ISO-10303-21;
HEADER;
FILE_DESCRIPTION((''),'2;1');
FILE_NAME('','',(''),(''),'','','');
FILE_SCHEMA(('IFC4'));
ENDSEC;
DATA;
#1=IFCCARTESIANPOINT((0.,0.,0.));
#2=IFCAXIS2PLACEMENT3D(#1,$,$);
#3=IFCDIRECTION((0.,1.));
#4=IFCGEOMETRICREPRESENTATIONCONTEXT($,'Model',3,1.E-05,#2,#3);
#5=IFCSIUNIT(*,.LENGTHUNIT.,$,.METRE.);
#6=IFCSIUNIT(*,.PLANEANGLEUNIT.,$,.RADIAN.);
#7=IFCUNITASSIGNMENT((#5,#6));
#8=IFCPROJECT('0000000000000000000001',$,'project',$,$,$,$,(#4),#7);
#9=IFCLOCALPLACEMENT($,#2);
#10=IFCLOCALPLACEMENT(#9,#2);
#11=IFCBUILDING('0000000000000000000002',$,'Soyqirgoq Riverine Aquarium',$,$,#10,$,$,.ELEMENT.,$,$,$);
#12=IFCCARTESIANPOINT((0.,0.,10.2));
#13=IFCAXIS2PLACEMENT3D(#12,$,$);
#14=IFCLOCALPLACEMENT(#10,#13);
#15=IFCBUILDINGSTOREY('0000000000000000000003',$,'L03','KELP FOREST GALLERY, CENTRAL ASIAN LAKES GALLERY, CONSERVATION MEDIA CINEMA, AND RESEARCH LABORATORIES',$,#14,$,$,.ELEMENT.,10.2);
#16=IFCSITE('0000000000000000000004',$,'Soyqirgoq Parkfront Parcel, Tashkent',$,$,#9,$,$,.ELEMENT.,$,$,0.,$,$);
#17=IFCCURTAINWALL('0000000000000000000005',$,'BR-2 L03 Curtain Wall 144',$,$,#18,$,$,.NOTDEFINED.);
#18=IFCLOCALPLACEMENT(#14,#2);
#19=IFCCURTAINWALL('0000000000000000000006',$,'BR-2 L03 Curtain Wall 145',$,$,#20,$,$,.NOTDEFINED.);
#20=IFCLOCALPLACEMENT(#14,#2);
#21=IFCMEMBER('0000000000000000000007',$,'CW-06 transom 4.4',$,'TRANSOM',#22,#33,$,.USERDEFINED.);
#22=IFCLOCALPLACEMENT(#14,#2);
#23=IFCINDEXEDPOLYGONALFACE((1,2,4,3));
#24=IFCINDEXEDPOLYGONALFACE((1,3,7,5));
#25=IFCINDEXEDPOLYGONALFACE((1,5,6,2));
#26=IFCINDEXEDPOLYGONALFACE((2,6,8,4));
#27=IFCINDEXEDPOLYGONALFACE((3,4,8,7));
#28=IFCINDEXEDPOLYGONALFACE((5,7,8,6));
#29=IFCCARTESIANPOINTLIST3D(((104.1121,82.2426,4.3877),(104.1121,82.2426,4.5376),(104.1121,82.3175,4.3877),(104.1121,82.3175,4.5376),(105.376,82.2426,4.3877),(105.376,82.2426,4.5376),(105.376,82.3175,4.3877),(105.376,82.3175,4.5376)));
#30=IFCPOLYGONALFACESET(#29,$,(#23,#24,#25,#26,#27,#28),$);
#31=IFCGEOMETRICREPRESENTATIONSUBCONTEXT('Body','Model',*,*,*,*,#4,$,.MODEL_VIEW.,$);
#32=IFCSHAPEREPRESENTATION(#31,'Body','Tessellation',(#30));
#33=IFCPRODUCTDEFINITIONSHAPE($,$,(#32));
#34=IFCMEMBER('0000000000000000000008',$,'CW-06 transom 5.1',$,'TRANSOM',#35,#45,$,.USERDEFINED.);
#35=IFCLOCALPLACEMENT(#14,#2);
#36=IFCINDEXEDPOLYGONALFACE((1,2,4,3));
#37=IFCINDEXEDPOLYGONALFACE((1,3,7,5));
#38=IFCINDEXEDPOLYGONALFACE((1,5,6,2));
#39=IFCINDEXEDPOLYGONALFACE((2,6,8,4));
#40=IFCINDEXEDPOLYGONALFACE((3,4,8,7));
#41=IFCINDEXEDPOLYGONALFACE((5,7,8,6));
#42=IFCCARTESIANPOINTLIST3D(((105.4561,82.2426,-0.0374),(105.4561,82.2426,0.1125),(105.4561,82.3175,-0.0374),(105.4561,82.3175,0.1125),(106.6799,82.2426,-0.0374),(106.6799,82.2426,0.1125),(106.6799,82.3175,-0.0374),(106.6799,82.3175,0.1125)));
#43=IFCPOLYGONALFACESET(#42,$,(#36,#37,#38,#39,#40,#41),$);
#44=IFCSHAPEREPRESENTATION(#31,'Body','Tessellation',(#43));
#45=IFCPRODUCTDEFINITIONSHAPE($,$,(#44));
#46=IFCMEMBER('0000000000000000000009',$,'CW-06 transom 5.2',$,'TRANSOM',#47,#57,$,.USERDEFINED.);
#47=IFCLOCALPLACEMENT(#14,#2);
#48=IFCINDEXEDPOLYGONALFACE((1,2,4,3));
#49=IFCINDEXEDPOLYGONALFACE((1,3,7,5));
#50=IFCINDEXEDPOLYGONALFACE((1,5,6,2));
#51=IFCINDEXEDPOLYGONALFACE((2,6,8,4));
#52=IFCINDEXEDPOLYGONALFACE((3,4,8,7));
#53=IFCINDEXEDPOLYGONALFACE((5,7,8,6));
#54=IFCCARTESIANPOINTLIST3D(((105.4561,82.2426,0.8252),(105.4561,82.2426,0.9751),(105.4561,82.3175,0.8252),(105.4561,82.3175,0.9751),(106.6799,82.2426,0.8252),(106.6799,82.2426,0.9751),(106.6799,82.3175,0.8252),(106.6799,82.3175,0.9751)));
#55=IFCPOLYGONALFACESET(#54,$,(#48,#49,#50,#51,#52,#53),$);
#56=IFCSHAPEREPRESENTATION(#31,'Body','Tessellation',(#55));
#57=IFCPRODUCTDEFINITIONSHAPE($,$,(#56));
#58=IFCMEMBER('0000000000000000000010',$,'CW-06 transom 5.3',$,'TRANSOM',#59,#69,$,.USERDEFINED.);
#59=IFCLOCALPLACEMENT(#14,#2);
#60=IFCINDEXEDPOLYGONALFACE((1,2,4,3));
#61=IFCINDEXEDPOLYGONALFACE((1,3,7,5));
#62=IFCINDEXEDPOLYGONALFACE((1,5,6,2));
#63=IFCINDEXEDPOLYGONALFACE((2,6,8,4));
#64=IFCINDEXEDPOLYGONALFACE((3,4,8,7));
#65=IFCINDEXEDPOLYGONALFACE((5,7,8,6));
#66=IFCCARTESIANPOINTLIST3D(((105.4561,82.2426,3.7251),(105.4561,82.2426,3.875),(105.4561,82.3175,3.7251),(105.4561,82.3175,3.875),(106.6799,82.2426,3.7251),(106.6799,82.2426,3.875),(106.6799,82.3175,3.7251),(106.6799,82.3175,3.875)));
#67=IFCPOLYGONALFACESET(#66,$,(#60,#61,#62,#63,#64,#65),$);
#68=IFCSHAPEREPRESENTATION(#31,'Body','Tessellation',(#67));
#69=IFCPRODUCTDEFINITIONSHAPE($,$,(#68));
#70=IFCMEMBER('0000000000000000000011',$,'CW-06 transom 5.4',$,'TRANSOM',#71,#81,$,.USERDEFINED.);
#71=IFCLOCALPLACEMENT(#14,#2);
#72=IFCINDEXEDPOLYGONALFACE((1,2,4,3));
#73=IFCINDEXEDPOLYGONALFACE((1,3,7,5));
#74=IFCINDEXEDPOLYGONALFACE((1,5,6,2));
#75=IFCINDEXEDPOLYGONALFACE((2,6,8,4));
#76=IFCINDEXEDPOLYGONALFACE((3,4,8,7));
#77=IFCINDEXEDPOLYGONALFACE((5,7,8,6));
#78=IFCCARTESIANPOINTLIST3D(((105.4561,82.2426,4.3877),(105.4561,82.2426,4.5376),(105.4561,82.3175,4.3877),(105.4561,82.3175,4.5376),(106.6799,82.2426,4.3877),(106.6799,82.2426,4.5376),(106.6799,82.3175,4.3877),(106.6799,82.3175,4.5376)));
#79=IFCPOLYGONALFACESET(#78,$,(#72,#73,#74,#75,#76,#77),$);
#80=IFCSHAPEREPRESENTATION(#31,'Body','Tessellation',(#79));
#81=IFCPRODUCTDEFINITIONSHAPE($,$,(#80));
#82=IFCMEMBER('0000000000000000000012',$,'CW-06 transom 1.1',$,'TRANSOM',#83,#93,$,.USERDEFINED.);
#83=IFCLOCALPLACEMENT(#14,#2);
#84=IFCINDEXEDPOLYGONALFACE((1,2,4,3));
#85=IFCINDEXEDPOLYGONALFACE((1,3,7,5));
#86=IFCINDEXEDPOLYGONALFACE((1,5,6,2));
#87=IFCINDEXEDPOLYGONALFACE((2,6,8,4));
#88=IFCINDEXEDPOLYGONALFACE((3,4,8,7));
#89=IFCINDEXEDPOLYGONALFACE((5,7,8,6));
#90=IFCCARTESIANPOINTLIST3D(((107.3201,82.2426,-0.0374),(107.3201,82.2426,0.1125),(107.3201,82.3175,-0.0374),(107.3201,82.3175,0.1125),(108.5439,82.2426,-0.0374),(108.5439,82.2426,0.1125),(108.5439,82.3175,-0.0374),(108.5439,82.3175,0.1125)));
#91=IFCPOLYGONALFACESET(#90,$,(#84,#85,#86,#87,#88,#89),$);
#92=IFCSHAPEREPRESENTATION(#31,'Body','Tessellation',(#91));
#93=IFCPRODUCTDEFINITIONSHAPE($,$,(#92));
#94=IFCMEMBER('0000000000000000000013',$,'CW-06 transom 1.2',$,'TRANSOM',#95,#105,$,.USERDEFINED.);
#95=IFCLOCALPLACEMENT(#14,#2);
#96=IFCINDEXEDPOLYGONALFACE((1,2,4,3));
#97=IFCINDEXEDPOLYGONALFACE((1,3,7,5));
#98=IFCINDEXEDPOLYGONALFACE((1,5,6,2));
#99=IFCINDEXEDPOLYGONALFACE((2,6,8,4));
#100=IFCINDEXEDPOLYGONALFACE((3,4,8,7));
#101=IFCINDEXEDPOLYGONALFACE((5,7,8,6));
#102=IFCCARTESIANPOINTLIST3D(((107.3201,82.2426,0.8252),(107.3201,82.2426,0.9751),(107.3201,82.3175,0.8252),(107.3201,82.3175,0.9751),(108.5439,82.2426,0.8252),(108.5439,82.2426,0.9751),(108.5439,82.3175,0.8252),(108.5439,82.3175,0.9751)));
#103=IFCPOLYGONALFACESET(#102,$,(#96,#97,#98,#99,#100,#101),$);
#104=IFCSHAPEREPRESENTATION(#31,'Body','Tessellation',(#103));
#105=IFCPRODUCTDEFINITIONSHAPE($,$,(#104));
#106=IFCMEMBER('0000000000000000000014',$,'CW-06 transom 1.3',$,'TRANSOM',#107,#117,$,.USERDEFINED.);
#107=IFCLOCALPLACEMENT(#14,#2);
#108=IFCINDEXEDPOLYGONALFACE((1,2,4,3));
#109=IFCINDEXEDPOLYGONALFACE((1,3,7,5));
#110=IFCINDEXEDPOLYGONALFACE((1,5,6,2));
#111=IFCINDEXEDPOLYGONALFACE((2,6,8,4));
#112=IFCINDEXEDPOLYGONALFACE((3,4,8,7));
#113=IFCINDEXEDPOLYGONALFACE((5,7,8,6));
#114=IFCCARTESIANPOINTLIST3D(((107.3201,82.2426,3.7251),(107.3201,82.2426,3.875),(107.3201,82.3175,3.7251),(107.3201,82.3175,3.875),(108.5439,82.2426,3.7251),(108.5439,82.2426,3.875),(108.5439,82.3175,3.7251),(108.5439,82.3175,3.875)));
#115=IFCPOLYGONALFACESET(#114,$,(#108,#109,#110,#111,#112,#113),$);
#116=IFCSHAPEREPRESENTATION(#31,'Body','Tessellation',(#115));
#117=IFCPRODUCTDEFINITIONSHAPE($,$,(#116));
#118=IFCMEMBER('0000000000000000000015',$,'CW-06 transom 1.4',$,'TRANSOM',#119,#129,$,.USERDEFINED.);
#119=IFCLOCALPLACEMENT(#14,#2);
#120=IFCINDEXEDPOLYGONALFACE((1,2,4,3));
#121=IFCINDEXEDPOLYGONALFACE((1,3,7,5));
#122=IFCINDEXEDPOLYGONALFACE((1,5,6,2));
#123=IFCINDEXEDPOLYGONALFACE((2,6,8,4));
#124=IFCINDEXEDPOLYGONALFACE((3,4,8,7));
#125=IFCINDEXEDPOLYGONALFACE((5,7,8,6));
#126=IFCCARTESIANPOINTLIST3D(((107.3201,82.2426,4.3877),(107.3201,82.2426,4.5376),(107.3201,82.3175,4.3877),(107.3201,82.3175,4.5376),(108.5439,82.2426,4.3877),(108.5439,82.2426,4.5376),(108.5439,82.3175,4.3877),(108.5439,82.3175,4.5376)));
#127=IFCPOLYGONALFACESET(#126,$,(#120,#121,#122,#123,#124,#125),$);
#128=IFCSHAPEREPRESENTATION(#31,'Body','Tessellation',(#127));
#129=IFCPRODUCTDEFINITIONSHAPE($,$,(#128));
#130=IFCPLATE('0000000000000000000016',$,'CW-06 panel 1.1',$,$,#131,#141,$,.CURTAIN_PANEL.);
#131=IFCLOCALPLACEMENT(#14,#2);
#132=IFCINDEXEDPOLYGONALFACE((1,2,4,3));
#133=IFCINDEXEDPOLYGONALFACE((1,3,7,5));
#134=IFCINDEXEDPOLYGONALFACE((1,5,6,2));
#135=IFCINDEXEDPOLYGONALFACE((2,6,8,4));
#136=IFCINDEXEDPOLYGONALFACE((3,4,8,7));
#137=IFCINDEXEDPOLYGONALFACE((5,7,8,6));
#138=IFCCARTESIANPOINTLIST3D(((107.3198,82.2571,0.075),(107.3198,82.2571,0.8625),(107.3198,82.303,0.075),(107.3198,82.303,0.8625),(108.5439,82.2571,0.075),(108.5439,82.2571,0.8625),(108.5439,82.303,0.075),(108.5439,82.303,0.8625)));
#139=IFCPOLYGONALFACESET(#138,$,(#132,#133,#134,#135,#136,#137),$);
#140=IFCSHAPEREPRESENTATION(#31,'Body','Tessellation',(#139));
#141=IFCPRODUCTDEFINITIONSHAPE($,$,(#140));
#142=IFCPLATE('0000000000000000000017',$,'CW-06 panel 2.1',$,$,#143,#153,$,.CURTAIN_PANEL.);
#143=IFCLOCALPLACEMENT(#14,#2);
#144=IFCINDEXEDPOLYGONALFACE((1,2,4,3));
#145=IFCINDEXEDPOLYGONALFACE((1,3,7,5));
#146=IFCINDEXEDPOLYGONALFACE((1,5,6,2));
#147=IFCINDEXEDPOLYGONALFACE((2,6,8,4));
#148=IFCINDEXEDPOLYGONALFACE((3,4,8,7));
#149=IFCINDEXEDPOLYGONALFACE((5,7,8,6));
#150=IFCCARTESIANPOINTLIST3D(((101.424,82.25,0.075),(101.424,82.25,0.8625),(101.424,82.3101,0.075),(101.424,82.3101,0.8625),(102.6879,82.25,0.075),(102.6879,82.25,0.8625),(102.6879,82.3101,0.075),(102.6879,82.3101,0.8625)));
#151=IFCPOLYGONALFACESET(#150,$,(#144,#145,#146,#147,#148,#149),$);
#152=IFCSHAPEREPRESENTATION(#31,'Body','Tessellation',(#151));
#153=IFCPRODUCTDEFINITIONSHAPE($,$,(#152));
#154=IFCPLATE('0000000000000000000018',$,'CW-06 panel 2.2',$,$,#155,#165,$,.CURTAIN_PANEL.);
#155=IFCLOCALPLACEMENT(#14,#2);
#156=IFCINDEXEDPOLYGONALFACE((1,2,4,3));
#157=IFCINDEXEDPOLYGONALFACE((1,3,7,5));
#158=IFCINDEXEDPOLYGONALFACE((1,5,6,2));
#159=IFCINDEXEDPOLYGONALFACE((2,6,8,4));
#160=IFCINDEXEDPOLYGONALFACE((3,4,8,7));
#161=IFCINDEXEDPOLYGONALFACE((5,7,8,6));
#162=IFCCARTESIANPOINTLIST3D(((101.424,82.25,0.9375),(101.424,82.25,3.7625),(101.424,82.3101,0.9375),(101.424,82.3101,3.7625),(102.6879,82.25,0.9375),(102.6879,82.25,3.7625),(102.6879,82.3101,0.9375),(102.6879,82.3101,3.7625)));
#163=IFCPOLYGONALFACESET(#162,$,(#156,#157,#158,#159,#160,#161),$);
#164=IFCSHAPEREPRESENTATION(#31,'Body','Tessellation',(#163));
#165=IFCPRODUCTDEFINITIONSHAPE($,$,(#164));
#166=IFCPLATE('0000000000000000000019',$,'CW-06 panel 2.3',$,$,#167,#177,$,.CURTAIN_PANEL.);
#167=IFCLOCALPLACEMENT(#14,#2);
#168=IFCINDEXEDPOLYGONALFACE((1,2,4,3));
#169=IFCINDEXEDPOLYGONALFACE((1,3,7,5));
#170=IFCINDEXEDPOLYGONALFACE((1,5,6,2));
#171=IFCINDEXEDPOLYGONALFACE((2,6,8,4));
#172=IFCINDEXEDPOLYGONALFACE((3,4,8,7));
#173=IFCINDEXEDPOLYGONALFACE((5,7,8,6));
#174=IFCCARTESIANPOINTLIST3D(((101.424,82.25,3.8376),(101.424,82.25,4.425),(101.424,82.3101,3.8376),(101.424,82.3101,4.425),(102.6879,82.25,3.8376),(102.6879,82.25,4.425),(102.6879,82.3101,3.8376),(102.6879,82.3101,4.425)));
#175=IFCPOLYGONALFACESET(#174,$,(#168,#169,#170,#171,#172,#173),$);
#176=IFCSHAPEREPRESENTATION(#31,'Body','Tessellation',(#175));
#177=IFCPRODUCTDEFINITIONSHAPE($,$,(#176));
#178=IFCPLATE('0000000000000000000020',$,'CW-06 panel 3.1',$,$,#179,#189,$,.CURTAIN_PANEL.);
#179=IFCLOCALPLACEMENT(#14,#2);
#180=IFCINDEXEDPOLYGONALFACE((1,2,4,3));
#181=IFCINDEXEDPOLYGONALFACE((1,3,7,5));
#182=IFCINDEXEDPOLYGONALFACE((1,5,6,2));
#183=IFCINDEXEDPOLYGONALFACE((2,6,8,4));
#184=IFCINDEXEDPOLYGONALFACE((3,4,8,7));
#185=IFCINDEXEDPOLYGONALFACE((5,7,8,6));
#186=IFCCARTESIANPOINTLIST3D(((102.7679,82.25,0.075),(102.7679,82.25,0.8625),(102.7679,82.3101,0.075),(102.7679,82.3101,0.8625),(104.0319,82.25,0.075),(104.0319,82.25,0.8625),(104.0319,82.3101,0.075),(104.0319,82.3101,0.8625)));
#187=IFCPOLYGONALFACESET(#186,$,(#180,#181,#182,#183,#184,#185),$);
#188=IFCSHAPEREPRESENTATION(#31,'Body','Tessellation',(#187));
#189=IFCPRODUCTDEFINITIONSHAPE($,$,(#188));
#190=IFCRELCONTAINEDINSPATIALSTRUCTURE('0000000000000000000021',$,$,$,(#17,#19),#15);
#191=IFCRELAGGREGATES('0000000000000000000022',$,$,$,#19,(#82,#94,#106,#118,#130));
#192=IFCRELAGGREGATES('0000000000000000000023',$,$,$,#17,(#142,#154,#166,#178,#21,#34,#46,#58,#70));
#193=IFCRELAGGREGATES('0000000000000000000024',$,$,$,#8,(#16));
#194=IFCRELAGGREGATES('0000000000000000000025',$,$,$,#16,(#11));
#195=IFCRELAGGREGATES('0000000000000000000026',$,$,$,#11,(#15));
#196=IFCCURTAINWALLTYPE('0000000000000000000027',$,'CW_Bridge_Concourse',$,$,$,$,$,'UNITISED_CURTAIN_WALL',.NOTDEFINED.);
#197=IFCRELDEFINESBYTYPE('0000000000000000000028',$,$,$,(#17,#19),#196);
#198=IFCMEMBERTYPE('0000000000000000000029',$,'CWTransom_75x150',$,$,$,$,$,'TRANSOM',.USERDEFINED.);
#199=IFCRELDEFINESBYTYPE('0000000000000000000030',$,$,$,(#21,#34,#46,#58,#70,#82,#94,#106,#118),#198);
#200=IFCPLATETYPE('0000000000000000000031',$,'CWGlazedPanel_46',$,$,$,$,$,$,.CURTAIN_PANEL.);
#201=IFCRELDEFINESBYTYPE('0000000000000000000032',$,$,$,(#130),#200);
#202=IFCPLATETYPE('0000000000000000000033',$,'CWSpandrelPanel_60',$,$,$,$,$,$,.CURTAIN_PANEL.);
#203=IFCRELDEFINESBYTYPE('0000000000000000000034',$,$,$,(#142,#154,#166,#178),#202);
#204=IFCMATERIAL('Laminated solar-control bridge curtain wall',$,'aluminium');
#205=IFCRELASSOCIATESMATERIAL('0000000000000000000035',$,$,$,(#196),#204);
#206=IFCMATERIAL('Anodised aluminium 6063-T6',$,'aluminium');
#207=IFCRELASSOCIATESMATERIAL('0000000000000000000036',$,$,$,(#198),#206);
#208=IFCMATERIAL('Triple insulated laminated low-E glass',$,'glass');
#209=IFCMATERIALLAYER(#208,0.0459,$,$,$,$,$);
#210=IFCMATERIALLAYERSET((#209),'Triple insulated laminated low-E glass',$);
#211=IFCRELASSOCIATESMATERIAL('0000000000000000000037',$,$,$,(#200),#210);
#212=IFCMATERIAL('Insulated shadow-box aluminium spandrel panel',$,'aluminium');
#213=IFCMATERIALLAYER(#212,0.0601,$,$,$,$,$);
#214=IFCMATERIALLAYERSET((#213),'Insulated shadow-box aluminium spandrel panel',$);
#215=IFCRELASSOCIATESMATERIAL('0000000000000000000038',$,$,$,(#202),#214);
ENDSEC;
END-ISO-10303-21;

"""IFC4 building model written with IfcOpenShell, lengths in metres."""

from ifc_helpers import new_model, si_unit, direction, frame, origin, origin_2d, place, context, subcontext, project, spatial, rectangle, extrude, material, layer, layer_set, material_profile, profile_set, type_object, element, aggregate, save


model = new_model("IFC4")

# Units and contexts
model_context = context("Model", 3, precision=1e-05, world=origin(), true_north=direction((0.0, 1.0)))
body_context = subcontext(model_context, "Body", "Model", "MODEL_VIEW")
ifc_project = project(units=[si_unit("LENGTHUNIT", "METRE"), si_unit("PLANEANGLEUNIT", "RADIAN")], contexts=[model_context])

# Site, building, storey
site_placement = place(None, origin())
site = spatial("IfcSite", under=ifc_project, at=site_placement, Name="Soyqirgoq Parkfront Parcel, Tashkent", CompositionType="ELEMENT", RefElevation=0.0)
building_placement = place(site_placement, origin())
building = spatial("IfcBuilding", under=site, at=building_placement, Name="Soyqirgoq Riverine Aquarium", CompositionType="ELEMENT")
storey_placement = place(building_placement, frame((0.0, 0.0, 10.2)))
storey = spatial("IfcBuildingStorey", under=building, at=storey_placement, Name="L03", Description="KELP FOREST GALLERY, CENTRAL ASIAN LAKES GALLERY, CONSERVATION MEDIA CINEMA, AND RESEARCH LABORATORIES", CompositionType="ELEMENT", Elevation=10.2)

# Curtain wall
ifc_material_1 = material(Name="Laminated solar-control bridge curtain wall", Category="aluminium")
curtain_wall_type = type_object("IfcCurtainWallType", Name="CW_Bridge_Concourse", ElementType="UNITISED_CURTAIN_WALL", PredefinedType="NOTDEFINED", material=ifc_material_1)
curtain_wall_1_placement = place(storey_placement, origin())
curtain_wall_1 = element("IfcCurtainWall", 1, at=curtain_wall_1_placement, inside=storey, type_object=curtain_wall_type, Name="BR-2 L03 Curtain Wall 144", PredefinedType="NOTDEFINED")

# Curtain wall
curtain_wall_2_placement = place(storey_placement, origin())
curtain_wall_2 = element("IfcCurtainWall", 2, at=curtain_wall_2_placement, inside=storey, type_object=curtain_wall_type, Name="BR-2 L03 Curtain Wall 145", PredefinedType="NOTDEFINED")

# Members
ifc_material_2 = material(Name="Anodised aluminium 6063-T6", Category="aluminium")
ifc_material_profile_1 = material_profile(ifc_material_2, rectangle(XDim=0.075, YDim=0.1499, at=origin_2d()), Name="ALU-T 75x150")
ifc_profile_set_1 = profile_set([ifc_material_profile_1], Name="Anodised aluminium 6063-T6")
member_type_1 = type_object("IfcMemberType", Name="CWTransom_75x150", ElementType="TRANSOM", PredefinedType="USERDEFINED", material=ifc_profile_set_1)
member_1_placement = place(storey_placement, frame((104.1121, 82.28, 4.4626), z_axis=(1.0, 0.0, 0.0), x_axis=(0.0, 1.0, 0.0)))
member_1 = element("IfcMember", 3, at=member_1_placement, type_object=member_type_1, Name="CW-06 transom 4.4", ObjectType="TRANSOM", PredefinedType="USERDEFINED", context=body_context, shape_type="SweptSolid", body=[
    extrude(rectangle(XDim=0.075, YDim=0.1499, at=origin_2d()), origin(), (0.0, 0.0, 1.0), 1.2639),
])
member_2_placement = place(storey_placement, frame((105.4561, 82.28, 0.0376), z_axis=(1.0, 0.0, 0.0), x_axis=(0.0, 1.0, 0.0)))
member_2 = element("IfcMember", 4, at=member_2_placement, type_object=member_type_1, Name="CW-06 transom 5.1", ObjectType="TRANSOM", PredefinedType="USERDEFINED", context=body_context, shape_type="SweptSolid", body=[
    extrude(rectangle(XDim=0.075, YDim=0.1499, at=origin_2d()), origin(), (0.0, 0.0, 1.0), 1.2239),
])
member_3_placement = place(storey_placement, frame((105.4561, 82.28, 0.9001), z_axis=(1.0, 0.0, 0.0), x_axis=(0.0, 1.0, 0.0)))
member_3 = element("IfcMember", 5, at=member_3_placement, type_object=member_type_1, Name="CW-06 transom 5.2", ObjectType="TRANSOM", PredefinedType="USERDEFINED", context=body_context, shape_type="SweptSolid", body=[
    extrude(rectangle(XDim=0.075, YDim=0.1499, at=origin_2d()), origin(), (0.0, 0.0, 1.0), 1.2239),
])
member_4_placement = place(storey_placement, frame((105.4561, 82.28, 3.8), z_axis=(1.0, 0.0, 0.0), x_axis=(0.0, 1.0, 0.0)))
member_4 = element("IfcMember", 6, at=member_4_placement, type_object=member_type_1, Name="CW-06 transom 5.3", ObjectType="TRANSOM", PredefinedType="USERDEFINED", context=body_context, shape_type="SweptSolid", body=[
    extrude(rectangle(XDim=0.075, YDim=0.1499, at=origin_2d()), origin(), (0.0, 0.0, 1.0), 1.2239),
])
member_5_placement = place(storey_placement, frame((105.4561, 82.28, 4.4626), z_axis=(1.0, 0.0, 0.0), x_axis=(0.0, 1.0, 0.0)))
member_5 = element("IfcMember", 7, at=member_5_placement, type_object=member_type_1, Name="CW-06 transom 5.4", ObjectType="TRANSOM", PredefinedType="USERDEFINED", context=body_context, shape_type="SweptSolid", body=[
    extrude(rectangle(XDim=0.075, YDim=0.1499, at=origin_2d()), origin(), (0.0, 0.0, 1.0), 1.2239),
])
member_6_placement = place(storey_placement, frame((107.3201, 82.28, 0.0376), z_axis=(1.0, 0.0, 0.0), x_axis=(0.0, 1.0, 0.0)))
member_6 = element("IfcMember", 8, at=member_6_placement, type_object=member_type_1, Name="CW-06 transom 1.1", ObjectType="TRANSOM", PredefinedType="USERDEFINED", context=body_context, shape_type="SweptSolid", body=[
    extrude(rectangle(XDim=0.075, YDim=0.1499, at=origin_2d()), origin(), (0.0, 0.0, 1.0), 1.2239),
])
member_7_placement = place(storey_placement, frame((107.3201, 82.28, 0.9001), z_axis=(1.0, 0.0, 0.0), x_axis=(0.0, 1.0, 0.0)))
member_7 = element("IfcMember", 9, at=member_7_placement, type_object=member_type_1, Name="CW-06 transom 1.2", ObjectType="TRANSOM", PredefinedType="USERDEFINED", context=body_context, shape_type="SweptSolid", body=[
    extrude(rectangle(XDim=0.075, YDim=0.1499, at=origin_2d()), origin(), (0.0, 0.0, 1.0), 1.2239),
])
member_8_placement = place(storey_placement, frame((107.3201, 82.28, 3.8), z_axis=(1.0, 0.0, 0.0), x_axis=(0.0, 1.0, 0.0)))
member_8 = element("IfcMember", 10, at=member_8_placement, type_object=member_type_1, Name="CW-06 transom 1.3", ObjectType="TRANSOM", PredefinedType="USERDEFINED", context=body_context, shape_type="SweptSolid", body=[
    extrude(rectangle(XDim=0.075, YDim=0.1499, at=origin_2d()), origin(), (0.0, 0.0, 1.0), 1.2239),
])
member_9_placement = place(storey_placement, frame((107.3201, 82.28, 4.4626), z_axis=(1.0, 0.0, 0.0), x_axis=(0.0, 1.0, 0.0)))
member_9 = element("IfcMember", 11, at=member_9_placement, type_object=member_type_1, Name="CW-06 transom 1.4", ObjectType="TRANSOM", PredefinedType="USERDEFINED", context=body_context, shape_type="SweptSolid", body=[
    extrude(rectangle(XDim=0.075, YDim=0.1499, at=origin_2d()), origin(), (0.0, 0.0, 1.0), 1.2239),
])

# Plates
ifc_material_3 = material(Name="Triple insulated laminated low-E glass", Category="glass")
ifc_layer_1 = layer(ifc_material_3, 0.0459)
ifc_layer_set_1 = layer_set([ifc_layer_1], Name="Triple insulated laminated low-E glass")
plate_type_1 = type_object("IfcPlateType", Name="CWGlazedPanel_46", PredefinedType="CURTAIN_PANEL", material=ifc_layer_set_1)
plate_1_placement = place(storey_placement, frame((107.9319, 82.28, 0.075), z_axis=(0.0, 0.0, 1.0), x_axis=(1.0, 0.0, 0.0)))
plate_1 = element("IfcPlate", 12, at=plate_1_placement, type_object=plate_type_1, Name="CW-06 panel 1.1", PredefinedType="CURTAIN_PANEL", context=body_context, shape_type="SweptSolid", body=[
    extrude(rectangle(XDim=1.2241, YDim=0.0459, at=origin_2d()), origin(), (0.0, 0.0, 1.0), 0.7876),
])
aggregate(curtain_wall_2, [member_6, member_7, member_8, member_9, plate_1])
ifc_material_4 = material(Name="Insulated shadow-box aluminium spandrel panel", Category="aluminium")
ifc_layer_2 = layer(ifc_material_4, 0.0601)
ifc_layer_set_2 = layer_set([ifc_layer_2], Name="Insulated shadow-box aluminium spandrel panel")
plate_type_2 = type_object("IfcPlateType", Name="CWSpandrelPanel_60", PredefinedType="CURTAIN_PANEL", material=ifc_layer_set_2)
plate_2_placement = place(storey_placement, frame((102.0559, 82.28, 0.075), z_axis=(0.0, 0.0, 1.0), x_axis=(1.0, 0.0, 0.0)))
plate_2 = element("IfcPlate", 13, at=plate_2_placement, type_object=plate_type_2, Name="CW-06 panel 2.1", PredefinedType="CURTAIN_PANEL", context=body_context, shape_type="SweptSolid", body=[
    extrude(rectangle(XDim=1.2639, YDim=0.0601, at=origin_2d()), origin(), (0.0, 0.0, 1.0), 0.7876),
])
plate_3_placement = place(storey_placement, frame((102.0559, 82.28, 0.9375), z_axis=(0.0, 0.0, 1.0), x_axis=(1.0, 0.0, 0.0)))
plate_3 = element("IfcPlate", 14, at=plate_3_placement, type_object=plate_type_2, Name="CW-06 panel 2.2", PredefinedType="CURTAIN_PANEL", context=body_context, shape_type="SweptSolid", body=[
    extrude(rectangle(XDim=1.2639, YDim=0.0601, at=origin_2d()), origin(), (0.0, 0.0, 1.0), 2.825),
])
plate_4_placement = place(storey_placement, frame((102.0559, 82.28, 3.8376), z_axis=(0.0, 0.0, 1.0), x_axis=(1.0, 0.0, 0.0)))
plate_4 = element("IfcPlate", 15, at=plate_4_placement, type_object=plate_type_2, Name="CW-06 panel 2.3", PredefinedType="CURTAIN_PANEL", context=body_context, shape_type="SweptSolid", body=[
    extrude(rectangle(XDim=1.2639, YDim=0.0601, at=origin_2d()), origin(), (0.0, 0.0, 1.0), 0.5874),
])
plate_5_placement = place(storey_placement, frame((103.3999, 82.28, 0.075), z_axis=(0.0, 0.0, 1.0), x_axis=(1.0, 0.0, 0.0)))
plate_5 = element("IfcPlate", 16, at=plate_5_placement, type_object=plate_type_2, Name="CW-06 panel 3.1", PredefinedType="CURTAIN_PANEL", context=body_context, shape_type="SweptSolid", body=[
    extrude(rectangle(XDim=1.2639, YDim=0.0601, at=origin_2d()), origin(), (0.0, 0.0, 1.0), 0.7876),
])
aggregate(curtain_wall_1, [plate_2, plate_3, plate_4, plate_5, member_1, member_2, member_3, member_4, member_5])

save(model, "model.ifc")
